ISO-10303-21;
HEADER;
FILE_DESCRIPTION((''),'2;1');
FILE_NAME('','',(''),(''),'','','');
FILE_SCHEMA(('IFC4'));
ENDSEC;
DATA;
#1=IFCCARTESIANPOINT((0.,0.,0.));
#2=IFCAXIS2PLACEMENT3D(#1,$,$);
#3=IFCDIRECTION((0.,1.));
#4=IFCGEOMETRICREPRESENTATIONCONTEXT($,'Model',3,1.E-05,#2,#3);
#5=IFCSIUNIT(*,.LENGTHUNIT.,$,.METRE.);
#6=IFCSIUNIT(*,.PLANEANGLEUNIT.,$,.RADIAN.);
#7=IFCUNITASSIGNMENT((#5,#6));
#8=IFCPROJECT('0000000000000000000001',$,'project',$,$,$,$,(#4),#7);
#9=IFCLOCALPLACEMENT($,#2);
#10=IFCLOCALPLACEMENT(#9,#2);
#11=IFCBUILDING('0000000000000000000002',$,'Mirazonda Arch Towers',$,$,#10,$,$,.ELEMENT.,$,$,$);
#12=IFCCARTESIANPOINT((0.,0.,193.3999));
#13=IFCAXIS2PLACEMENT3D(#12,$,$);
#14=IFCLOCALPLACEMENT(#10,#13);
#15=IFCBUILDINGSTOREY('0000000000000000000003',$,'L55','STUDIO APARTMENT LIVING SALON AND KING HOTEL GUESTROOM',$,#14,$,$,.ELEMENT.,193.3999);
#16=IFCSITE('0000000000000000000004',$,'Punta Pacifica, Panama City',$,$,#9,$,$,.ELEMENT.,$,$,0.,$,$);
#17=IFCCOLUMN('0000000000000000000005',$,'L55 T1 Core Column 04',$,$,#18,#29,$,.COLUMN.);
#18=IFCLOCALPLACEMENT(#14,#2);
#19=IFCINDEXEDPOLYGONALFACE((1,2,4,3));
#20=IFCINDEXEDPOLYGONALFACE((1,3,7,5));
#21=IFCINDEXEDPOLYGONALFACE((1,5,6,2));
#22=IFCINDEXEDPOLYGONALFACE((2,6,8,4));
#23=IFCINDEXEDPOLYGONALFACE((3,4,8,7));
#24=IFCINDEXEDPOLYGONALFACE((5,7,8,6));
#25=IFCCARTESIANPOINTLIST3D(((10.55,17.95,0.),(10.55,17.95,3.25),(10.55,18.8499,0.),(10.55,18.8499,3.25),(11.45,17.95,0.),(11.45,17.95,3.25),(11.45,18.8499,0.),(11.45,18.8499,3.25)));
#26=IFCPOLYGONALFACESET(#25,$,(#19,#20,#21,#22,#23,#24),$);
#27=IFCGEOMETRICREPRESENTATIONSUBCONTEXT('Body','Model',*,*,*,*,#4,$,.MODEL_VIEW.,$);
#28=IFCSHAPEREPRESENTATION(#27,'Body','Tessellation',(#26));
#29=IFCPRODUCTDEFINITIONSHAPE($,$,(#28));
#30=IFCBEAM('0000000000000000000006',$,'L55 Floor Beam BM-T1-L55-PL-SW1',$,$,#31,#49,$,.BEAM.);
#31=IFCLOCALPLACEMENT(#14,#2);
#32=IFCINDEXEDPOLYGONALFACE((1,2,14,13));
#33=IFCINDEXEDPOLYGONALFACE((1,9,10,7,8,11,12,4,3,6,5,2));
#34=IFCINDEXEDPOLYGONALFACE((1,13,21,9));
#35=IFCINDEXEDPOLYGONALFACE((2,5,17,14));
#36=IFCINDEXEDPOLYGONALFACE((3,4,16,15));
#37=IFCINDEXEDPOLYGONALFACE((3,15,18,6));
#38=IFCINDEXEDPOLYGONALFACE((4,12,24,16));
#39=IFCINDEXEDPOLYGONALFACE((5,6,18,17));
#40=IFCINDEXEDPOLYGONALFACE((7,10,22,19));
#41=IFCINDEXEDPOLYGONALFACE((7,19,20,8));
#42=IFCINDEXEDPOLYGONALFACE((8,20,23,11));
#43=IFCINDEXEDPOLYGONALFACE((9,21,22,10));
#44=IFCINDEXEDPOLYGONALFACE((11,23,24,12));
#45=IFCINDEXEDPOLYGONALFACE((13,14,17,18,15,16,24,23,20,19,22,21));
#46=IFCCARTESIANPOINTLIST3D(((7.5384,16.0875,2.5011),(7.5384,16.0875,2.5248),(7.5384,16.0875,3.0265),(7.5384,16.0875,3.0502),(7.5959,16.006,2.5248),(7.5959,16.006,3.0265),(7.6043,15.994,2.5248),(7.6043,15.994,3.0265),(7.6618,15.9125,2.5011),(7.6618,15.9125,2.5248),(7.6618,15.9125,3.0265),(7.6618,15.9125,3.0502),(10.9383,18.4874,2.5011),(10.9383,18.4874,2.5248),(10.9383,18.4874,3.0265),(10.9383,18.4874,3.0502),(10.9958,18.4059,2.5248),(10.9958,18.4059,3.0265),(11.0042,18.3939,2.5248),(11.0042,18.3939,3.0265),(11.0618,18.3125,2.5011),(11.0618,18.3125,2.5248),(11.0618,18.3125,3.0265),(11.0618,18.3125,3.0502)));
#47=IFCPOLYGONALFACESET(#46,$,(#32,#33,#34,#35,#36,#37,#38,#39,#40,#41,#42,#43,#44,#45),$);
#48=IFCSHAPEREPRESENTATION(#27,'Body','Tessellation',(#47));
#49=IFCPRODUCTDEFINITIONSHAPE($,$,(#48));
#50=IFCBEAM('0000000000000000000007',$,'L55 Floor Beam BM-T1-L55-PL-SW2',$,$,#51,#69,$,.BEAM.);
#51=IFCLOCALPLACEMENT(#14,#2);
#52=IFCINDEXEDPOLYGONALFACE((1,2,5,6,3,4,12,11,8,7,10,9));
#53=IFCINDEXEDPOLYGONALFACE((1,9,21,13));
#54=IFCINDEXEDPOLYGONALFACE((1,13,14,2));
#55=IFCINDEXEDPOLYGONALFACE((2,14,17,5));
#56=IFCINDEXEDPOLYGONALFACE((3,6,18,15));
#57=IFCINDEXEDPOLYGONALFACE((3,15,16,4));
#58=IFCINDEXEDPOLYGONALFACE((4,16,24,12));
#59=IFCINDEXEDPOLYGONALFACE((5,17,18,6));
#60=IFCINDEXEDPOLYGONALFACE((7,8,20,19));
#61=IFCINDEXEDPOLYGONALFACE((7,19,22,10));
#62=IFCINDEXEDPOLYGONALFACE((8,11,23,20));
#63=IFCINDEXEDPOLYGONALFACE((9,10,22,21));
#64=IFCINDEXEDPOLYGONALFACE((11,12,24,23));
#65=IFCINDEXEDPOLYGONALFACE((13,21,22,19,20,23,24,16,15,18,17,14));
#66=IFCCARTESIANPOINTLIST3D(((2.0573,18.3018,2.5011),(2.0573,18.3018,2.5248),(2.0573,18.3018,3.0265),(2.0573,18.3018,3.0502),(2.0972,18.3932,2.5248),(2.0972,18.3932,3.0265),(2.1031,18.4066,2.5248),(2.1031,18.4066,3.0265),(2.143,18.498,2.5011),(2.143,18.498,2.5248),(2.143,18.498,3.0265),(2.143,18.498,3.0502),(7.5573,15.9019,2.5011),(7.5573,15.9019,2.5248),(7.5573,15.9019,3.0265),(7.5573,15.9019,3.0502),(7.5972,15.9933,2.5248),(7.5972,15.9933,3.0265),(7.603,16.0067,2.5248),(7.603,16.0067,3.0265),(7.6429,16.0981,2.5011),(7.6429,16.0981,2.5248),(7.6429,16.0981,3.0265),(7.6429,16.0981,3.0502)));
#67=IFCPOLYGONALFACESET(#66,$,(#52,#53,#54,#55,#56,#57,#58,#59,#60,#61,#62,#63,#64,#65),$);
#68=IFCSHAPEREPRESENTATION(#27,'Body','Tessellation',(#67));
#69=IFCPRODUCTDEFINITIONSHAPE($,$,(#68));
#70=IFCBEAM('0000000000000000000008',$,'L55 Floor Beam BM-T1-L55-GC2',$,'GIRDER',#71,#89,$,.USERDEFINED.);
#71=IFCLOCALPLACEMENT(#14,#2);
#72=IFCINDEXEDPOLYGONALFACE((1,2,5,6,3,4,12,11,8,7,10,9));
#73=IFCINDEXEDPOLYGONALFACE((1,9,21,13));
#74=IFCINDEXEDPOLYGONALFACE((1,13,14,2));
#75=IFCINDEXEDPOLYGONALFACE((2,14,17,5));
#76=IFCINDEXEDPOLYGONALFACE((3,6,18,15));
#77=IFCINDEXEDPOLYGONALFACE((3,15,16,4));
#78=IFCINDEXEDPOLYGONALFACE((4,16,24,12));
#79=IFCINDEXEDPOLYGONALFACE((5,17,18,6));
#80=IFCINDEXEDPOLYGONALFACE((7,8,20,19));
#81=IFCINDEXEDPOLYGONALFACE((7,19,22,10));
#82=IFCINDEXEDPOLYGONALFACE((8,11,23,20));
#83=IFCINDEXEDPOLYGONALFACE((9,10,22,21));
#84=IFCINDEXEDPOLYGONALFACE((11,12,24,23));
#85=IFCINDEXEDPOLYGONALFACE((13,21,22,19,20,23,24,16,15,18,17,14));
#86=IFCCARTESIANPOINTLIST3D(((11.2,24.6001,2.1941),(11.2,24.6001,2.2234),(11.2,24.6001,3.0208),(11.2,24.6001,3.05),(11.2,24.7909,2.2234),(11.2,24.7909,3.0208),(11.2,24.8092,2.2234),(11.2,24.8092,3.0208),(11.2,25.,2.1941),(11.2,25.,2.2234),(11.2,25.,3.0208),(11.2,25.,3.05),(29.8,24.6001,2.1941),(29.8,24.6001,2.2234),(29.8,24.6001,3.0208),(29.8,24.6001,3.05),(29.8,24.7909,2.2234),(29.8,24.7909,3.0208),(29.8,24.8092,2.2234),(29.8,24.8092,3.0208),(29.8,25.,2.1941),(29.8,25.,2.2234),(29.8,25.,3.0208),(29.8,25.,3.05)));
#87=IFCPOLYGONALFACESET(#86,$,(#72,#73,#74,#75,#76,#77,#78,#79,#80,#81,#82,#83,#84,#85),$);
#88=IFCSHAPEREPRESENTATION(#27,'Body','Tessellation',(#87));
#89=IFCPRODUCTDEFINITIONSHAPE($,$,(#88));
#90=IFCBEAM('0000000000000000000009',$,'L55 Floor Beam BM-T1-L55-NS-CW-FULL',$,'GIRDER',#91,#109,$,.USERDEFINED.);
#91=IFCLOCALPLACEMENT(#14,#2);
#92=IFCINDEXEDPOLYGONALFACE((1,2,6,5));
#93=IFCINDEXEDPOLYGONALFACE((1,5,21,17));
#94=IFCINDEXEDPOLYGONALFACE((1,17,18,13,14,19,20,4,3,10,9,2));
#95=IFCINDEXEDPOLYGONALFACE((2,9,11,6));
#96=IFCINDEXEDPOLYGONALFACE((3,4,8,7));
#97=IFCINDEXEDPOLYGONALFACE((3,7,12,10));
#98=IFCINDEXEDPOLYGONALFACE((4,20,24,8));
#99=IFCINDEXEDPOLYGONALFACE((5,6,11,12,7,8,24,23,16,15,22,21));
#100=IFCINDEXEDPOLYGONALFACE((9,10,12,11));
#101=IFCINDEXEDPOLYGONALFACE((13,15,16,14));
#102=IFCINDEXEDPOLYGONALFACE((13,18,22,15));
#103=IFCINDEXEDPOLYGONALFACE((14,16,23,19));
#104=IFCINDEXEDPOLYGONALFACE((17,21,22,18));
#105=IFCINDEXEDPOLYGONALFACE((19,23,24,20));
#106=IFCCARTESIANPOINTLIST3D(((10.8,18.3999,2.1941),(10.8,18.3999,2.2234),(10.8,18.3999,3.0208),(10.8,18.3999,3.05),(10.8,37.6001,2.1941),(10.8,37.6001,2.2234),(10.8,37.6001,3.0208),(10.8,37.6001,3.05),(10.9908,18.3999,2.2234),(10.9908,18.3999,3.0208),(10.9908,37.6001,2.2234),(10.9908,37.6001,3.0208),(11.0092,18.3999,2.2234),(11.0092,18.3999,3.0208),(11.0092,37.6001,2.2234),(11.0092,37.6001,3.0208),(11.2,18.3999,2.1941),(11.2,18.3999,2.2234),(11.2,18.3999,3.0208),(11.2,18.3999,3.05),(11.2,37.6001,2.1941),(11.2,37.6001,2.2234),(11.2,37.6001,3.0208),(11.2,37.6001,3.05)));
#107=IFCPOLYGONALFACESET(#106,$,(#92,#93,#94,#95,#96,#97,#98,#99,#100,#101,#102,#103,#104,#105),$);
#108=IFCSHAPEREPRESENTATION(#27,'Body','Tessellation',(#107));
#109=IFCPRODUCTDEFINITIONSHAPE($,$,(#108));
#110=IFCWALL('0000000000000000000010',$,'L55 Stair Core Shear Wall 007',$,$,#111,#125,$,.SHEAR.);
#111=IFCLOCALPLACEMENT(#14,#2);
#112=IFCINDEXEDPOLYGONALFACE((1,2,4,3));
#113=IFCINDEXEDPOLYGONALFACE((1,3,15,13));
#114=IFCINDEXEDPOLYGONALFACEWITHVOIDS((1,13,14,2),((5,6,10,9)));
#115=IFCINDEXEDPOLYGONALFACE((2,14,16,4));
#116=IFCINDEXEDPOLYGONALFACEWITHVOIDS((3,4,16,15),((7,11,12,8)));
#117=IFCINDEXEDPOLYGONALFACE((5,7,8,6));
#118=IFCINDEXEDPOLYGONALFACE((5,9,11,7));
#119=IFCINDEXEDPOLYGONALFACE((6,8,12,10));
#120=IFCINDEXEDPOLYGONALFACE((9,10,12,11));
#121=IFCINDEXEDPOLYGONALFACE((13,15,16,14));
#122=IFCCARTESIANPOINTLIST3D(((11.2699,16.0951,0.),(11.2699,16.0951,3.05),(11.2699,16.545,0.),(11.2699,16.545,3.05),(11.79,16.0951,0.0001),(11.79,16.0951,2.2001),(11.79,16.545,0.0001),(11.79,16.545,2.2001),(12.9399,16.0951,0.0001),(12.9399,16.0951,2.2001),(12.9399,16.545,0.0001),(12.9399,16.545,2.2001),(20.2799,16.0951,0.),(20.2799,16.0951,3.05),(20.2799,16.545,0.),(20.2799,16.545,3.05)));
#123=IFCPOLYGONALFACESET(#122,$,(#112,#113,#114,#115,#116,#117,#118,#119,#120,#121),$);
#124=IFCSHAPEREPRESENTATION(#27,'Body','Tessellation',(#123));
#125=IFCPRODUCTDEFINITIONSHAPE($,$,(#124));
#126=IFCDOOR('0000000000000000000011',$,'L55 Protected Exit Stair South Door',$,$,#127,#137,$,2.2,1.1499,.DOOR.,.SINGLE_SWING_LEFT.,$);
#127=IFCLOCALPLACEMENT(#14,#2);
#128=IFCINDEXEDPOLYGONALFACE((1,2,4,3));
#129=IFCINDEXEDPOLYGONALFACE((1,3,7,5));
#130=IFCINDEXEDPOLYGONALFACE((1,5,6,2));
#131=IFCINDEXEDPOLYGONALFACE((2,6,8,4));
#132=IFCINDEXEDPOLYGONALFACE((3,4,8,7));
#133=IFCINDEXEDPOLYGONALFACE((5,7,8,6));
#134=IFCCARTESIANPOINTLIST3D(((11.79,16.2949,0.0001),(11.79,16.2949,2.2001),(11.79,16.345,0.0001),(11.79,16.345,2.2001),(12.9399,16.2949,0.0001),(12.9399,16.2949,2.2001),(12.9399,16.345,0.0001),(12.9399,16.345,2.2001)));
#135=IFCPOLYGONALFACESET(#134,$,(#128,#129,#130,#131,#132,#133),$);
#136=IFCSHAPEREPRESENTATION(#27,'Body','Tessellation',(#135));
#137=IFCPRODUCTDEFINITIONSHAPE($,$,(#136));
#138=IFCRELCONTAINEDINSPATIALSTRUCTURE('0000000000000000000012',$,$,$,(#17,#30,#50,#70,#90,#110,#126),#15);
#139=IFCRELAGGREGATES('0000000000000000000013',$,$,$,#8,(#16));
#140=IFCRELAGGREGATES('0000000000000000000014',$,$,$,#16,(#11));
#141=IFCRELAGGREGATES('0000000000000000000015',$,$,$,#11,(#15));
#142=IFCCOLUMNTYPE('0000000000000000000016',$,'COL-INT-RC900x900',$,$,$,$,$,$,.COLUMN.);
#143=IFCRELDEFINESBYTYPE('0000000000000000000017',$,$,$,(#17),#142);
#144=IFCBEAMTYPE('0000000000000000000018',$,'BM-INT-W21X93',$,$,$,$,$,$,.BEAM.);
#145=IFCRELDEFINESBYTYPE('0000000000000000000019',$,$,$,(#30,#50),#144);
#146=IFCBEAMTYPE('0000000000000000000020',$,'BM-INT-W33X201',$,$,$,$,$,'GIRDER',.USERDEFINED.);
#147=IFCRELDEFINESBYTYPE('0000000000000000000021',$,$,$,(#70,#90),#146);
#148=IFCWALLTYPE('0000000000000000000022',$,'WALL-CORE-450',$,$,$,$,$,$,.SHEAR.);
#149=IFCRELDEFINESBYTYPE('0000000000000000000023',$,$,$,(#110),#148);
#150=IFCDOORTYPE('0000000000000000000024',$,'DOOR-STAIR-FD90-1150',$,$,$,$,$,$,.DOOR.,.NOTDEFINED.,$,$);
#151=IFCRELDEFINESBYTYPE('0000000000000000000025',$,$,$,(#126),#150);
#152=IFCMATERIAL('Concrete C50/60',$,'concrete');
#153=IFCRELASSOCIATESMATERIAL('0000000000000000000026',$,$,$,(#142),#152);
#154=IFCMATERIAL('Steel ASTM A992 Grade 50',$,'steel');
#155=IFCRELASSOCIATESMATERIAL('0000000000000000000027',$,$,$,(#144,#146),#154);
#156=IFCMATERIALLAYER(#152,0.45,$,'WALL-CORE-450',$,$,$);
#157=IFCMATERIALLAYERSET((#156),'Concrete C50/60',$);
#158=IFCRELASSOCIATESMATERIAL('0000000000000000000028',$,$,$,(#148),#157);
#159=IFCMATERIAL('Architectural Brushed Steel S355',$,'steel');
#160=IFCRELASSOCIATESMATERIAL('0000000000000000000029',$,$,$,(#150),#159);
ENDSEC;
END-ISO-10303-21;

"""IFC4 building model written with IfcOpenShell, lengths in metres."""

from ifc_helpers import new_model, si_unit, direction, frame, frame_2d, origin, origin_2d, place, context, subcontext, project, spatial, rectangle, i_section, extrude, material, layer, layer_set, material_profile, profile_set, type_object, element, fill, save


model = new_model("IFC4")

# Units and contexts
model_context = context("Model", 3, precision=1e-05, world=origin(), true_north=direction((0.0, 1.0)))
body_context = subcontext(model_context, "Body", "Model", "MODEL_VIEW")
ifc_project = project(units=[si_unit("LENGTHUNIT", "METRE"), si_unit("PLANEANGLEUNIT", "RADIAN")], contexts=[model_context])

# Site, building, storey
site_placement = place(None, origin())
site = spatial("IfcSite", under=ifc_project, at=site_placement, Name="Punta Pacifica, Panama City", CompositionType="ELEMENT", RefElevation=0.0)
building_placement = place(site_placement, origin())
building = spatial("IfcBuilding", under=site, at=building_placement, Name="Mirazonda Arch Towers", CompositionType="ELEMENT")
storey_placement = place(building_placement, frame((0.0, 0.0, 193.3999)))
storey = spatial("IfcBuildingStorey", under=building, at=storey_placement, Name="L55", Description="STUDIO APARTMENT LIVING SALON AND KING HOTEL GUESTROOM", CompositionType="ELEMENT", Elevation=193.3999)

# Column
ifc_material_1 = material(Name="Concrete C50/60", Category="concrete")
ifc_material_profile_1 = material_profile(ifc_material_1, rectangle(XDim=0.8999, YDim=0.8999, at=origin_2d()), Name="RC900x900")
ifc_profile_set_1 = profile_set([ifc_material_profile_1], Name="Concrete C50/60")
column_type = type_object("IfcColumnType", Name="COL-INT-RC900x900", PredefinedType="COLUMN", material=ifc_profile_set_1)
column_placement = place(storey_placement, frame((11.0, 18.3999, 0.0), z_axis=(0.0, 0.0, 1.0), x_axis=(1.0, 0.0, 0.0)))
element("IfcColumn", 1, at=column_placement, inside=storey, type_object=column_type, Name="L55 T1 Core Column 04", PredefinedType="COLUMN", context=body_context, shape_type="SweptSolid", body=[
    extrude(rectangle(XDim=0.8999, YDim=0.8999, at=origin_2d()), origin(), (0.0, 0.0, 1.0), 3.25),
])

# Beams
ifc_material_2 = material(Name="Steel ASTM A992 Grade 50", Category="steel")
ifc_material_profile_2 = material_profile(ifc_material_2, i_section(OverallWidth=0.2141, OverallDepth=0.5491, WebThickness=0.0146, FlangeThickness=0.0237, at=origin_2d()), Name="W21X93")
ifc_profile_set_2 = profile_set([ifc_material_profile_2], Name="Steel ASTM A992 Grade 50")
beam_type_1 = type_object("IfcBeamType", Name="BM-INT-W21X93", PredefinedType="BEAM", material=ifc_profile_set_2)
beam_1_placement = place(storey_placement, frame((7.6001, 16.0, 2.7756), z_axis=(0.816971, 0.576679, 0.0), x_axis=(-0.576679, 0.816971, 0.0)))
element("IfcBeam", 2, at=beam_1_placement, inside=storey, type_object=beam_type_1, Name="L55 Floor Beam BM-T1-L55-PL-SW1", PredefinedType="BEAM", context=body_context, shape_type="SweptSolid", body=[
    extrude(i_section(OverallWidth=0.2141, OverallDepth=0.5491, WebThickness=0.0146, FlangeThickness=0.0237, at=origin_2d()), origin(), (0.0, 0.0, 1.0), 4.1616),
])
beam_2_placement = place(storey_placement, frame((7.6001, 16.0, 2.7756), z_axis=(-0.916545, 0.399931, 0.0), x_axis=(-0.399931, -0.916545, 0.0)))
element("IfcBeam", 3, at=beam_2_placement, inside=storey, type_object=beam_type_1, Name="L55 Floor Beam BM-T1-L55-PL-SW2", PredefinedType="BEAM", context=body_context, shape_type="SweptSolid", body=[
    extrude(i_section(OverallWidth=0.2141, OverallDepth=0.5491, WebThickness=0.0146, FlangeThickness=0.0237, at=origin_2d()), origin(), (0.0, 0.0, 1.0), 6.0007),
])
ifc_material_profile_3 = material_profile(ifc_material_2, i_section(OverallWidth=0.3999, OverallDepth=0.856, WebThickness=0.0183, FlangeThickness=0.0293, at=origin_2d()), Name="W33X201")
ifc_profile_set_3 = profile_set([ifc_material_profile_3], Name="Steel ASTM A992 Grade 50")
beam_type_2 = type_object("IfcBeamType", Name="BM-INT-W33X201", ElementType="GIRDER", PredefinedType="USERDEFINED", material=ifc_profile_set_3)
beam_3_placement = place(storey_placement, frame((11.2, 24.8, 2.6221), z_axis=(1.0, 0.0, 0.0), x_axis=(0.0, 1.0, 0.0)))
element("IfcBeam", 4, at=beam_3_placement, inside=storey, type_object=beam_type_2, Name="L55 Floor Beam BM-T1-L55-GC2", ObjectType="GIRDER", PredefinedType="USERDEFINED", context=body_context, shape_type="SweptSolid", body=[
    extrude(i_section(OverallWidth=0.3999, OverallDepth=0.856, WebThickness=0.0183, FlangeThickness=0.0293, at=origin_2d()), origin(), (0.0, 0.0, 1.0), 18.6001),
])
beam_4_placement = place(storey_placement, frame((11.0, 18.3999, 2.6221), z_axis=(0.0, 1.0, 0.0), x_axis=(-1.0, 0.0, 0.0)))
element("IfcBeam", 5, at=beam_4_placement, inside=storey, type_object=beam_type_2, Name="L55 Floor Beam BM-T1-L55-NS-CW-FULL", ObjectType="GIRDER", PredefinedType="USERDEFINED", context=body_context, shape_type="SweptSolid", body=[
    extrude(i_section(OverallWidth=0.3999, OverallDepth=0.856, WebThickness=0.0183, FlangeThickness=0.0293, at=origin_2d()), origin(), (0.0, 0.0, 1.0), 19.2002),
])

# Wall, opening, door
ifc_layer_1 = layer(ifc_material_1, 0.45, Name="WALL-CORE-450")
ifc_layer_set_1 = layer_set([ifc_layer_1], Name="Concrete C50/60")
wall_type_1 = type_object("IfcWallType", Name="WALL-CORE-450", PredefinedType="SHEAR", material=ifc_layer_set_1)
wall_1_placement = place(storey_placement, frame((11.27, 16.3201, 0.0), z_axis=(0.0, 0.0, 1.0), x_axis=(1.0, 0.0, 0.0)))
wall_1 = element("IfcWall", 6, at=wall_1_placement, inside=storey, type_object=wall_type_1, Name="L55 Stair Core Shear Wall 007", PredefinedType="SHEAR", context=body_context, shape_type="SweptSolid", body=[
    extrude(rectangle(XDim=9.01, YDim=0.45, at=frame_2d((4.5049, 0.0))), origin(), (0.0, 0.0, 1.0), 3.05),
])
opening_1_placement = place(wall_1_placement, frame((0.52, 0.0, 0.0)))
opening_1 = element("IfcOpeningElement", 7, at=opening_1_placement, cuts=wall_1, PredefinedType="OPENING", context=body_context, shape_type="SweptSolid", body=[
    extrude(rectangle(XDim=1.1499, YDim=2.2, at=frame_2d((0.575, 1.1001))), frame((0.0, 0.2349, 0.0), z_axis=(0.0, -1.0, 0.0), x_axis=(1.0, 0.0, 0.0)), (0.0, 0.0, 1.0), 0.47),
])
ifc_material_3 = material(Name="Architectural Brushed Steel S355", Category="steel")
door_type_1 = type_object("IfcDoorType", Name="DOOR-STAIR-FD90-1150", OperationType="NOTDEFINED", PredefinedType="DOOR", material=ifc_material_3)
door_1_placement = place(opening_1_placement, origin())
door_1 = element("IfcDoor", 8, at=door_1_placement, inside=storey, type_object=door_type_1, Name="L55 Protected Exit Stair South Door", OperationType="SINGLE_SWING_LEFT", OverallHeight=2.2, OverallWidth=1.1499, PredefinedType="DOOR", context=body_context, shape_type="SweptSolid", body=[
    extrude(rectangle(XDim=1.1499, YDim=2.2, at=frame_2d((0.575, 1.1001))), frame((0.0, 0.0249, 0.0), z_axis=(0.0, -1.0, 0.0), x_axis=(1.0, 0.0, 0.0)), (0.0, 0.0, 1.0), 0.05),
])
fill(opening_1, door_1)

save(model, "model.ifc")
